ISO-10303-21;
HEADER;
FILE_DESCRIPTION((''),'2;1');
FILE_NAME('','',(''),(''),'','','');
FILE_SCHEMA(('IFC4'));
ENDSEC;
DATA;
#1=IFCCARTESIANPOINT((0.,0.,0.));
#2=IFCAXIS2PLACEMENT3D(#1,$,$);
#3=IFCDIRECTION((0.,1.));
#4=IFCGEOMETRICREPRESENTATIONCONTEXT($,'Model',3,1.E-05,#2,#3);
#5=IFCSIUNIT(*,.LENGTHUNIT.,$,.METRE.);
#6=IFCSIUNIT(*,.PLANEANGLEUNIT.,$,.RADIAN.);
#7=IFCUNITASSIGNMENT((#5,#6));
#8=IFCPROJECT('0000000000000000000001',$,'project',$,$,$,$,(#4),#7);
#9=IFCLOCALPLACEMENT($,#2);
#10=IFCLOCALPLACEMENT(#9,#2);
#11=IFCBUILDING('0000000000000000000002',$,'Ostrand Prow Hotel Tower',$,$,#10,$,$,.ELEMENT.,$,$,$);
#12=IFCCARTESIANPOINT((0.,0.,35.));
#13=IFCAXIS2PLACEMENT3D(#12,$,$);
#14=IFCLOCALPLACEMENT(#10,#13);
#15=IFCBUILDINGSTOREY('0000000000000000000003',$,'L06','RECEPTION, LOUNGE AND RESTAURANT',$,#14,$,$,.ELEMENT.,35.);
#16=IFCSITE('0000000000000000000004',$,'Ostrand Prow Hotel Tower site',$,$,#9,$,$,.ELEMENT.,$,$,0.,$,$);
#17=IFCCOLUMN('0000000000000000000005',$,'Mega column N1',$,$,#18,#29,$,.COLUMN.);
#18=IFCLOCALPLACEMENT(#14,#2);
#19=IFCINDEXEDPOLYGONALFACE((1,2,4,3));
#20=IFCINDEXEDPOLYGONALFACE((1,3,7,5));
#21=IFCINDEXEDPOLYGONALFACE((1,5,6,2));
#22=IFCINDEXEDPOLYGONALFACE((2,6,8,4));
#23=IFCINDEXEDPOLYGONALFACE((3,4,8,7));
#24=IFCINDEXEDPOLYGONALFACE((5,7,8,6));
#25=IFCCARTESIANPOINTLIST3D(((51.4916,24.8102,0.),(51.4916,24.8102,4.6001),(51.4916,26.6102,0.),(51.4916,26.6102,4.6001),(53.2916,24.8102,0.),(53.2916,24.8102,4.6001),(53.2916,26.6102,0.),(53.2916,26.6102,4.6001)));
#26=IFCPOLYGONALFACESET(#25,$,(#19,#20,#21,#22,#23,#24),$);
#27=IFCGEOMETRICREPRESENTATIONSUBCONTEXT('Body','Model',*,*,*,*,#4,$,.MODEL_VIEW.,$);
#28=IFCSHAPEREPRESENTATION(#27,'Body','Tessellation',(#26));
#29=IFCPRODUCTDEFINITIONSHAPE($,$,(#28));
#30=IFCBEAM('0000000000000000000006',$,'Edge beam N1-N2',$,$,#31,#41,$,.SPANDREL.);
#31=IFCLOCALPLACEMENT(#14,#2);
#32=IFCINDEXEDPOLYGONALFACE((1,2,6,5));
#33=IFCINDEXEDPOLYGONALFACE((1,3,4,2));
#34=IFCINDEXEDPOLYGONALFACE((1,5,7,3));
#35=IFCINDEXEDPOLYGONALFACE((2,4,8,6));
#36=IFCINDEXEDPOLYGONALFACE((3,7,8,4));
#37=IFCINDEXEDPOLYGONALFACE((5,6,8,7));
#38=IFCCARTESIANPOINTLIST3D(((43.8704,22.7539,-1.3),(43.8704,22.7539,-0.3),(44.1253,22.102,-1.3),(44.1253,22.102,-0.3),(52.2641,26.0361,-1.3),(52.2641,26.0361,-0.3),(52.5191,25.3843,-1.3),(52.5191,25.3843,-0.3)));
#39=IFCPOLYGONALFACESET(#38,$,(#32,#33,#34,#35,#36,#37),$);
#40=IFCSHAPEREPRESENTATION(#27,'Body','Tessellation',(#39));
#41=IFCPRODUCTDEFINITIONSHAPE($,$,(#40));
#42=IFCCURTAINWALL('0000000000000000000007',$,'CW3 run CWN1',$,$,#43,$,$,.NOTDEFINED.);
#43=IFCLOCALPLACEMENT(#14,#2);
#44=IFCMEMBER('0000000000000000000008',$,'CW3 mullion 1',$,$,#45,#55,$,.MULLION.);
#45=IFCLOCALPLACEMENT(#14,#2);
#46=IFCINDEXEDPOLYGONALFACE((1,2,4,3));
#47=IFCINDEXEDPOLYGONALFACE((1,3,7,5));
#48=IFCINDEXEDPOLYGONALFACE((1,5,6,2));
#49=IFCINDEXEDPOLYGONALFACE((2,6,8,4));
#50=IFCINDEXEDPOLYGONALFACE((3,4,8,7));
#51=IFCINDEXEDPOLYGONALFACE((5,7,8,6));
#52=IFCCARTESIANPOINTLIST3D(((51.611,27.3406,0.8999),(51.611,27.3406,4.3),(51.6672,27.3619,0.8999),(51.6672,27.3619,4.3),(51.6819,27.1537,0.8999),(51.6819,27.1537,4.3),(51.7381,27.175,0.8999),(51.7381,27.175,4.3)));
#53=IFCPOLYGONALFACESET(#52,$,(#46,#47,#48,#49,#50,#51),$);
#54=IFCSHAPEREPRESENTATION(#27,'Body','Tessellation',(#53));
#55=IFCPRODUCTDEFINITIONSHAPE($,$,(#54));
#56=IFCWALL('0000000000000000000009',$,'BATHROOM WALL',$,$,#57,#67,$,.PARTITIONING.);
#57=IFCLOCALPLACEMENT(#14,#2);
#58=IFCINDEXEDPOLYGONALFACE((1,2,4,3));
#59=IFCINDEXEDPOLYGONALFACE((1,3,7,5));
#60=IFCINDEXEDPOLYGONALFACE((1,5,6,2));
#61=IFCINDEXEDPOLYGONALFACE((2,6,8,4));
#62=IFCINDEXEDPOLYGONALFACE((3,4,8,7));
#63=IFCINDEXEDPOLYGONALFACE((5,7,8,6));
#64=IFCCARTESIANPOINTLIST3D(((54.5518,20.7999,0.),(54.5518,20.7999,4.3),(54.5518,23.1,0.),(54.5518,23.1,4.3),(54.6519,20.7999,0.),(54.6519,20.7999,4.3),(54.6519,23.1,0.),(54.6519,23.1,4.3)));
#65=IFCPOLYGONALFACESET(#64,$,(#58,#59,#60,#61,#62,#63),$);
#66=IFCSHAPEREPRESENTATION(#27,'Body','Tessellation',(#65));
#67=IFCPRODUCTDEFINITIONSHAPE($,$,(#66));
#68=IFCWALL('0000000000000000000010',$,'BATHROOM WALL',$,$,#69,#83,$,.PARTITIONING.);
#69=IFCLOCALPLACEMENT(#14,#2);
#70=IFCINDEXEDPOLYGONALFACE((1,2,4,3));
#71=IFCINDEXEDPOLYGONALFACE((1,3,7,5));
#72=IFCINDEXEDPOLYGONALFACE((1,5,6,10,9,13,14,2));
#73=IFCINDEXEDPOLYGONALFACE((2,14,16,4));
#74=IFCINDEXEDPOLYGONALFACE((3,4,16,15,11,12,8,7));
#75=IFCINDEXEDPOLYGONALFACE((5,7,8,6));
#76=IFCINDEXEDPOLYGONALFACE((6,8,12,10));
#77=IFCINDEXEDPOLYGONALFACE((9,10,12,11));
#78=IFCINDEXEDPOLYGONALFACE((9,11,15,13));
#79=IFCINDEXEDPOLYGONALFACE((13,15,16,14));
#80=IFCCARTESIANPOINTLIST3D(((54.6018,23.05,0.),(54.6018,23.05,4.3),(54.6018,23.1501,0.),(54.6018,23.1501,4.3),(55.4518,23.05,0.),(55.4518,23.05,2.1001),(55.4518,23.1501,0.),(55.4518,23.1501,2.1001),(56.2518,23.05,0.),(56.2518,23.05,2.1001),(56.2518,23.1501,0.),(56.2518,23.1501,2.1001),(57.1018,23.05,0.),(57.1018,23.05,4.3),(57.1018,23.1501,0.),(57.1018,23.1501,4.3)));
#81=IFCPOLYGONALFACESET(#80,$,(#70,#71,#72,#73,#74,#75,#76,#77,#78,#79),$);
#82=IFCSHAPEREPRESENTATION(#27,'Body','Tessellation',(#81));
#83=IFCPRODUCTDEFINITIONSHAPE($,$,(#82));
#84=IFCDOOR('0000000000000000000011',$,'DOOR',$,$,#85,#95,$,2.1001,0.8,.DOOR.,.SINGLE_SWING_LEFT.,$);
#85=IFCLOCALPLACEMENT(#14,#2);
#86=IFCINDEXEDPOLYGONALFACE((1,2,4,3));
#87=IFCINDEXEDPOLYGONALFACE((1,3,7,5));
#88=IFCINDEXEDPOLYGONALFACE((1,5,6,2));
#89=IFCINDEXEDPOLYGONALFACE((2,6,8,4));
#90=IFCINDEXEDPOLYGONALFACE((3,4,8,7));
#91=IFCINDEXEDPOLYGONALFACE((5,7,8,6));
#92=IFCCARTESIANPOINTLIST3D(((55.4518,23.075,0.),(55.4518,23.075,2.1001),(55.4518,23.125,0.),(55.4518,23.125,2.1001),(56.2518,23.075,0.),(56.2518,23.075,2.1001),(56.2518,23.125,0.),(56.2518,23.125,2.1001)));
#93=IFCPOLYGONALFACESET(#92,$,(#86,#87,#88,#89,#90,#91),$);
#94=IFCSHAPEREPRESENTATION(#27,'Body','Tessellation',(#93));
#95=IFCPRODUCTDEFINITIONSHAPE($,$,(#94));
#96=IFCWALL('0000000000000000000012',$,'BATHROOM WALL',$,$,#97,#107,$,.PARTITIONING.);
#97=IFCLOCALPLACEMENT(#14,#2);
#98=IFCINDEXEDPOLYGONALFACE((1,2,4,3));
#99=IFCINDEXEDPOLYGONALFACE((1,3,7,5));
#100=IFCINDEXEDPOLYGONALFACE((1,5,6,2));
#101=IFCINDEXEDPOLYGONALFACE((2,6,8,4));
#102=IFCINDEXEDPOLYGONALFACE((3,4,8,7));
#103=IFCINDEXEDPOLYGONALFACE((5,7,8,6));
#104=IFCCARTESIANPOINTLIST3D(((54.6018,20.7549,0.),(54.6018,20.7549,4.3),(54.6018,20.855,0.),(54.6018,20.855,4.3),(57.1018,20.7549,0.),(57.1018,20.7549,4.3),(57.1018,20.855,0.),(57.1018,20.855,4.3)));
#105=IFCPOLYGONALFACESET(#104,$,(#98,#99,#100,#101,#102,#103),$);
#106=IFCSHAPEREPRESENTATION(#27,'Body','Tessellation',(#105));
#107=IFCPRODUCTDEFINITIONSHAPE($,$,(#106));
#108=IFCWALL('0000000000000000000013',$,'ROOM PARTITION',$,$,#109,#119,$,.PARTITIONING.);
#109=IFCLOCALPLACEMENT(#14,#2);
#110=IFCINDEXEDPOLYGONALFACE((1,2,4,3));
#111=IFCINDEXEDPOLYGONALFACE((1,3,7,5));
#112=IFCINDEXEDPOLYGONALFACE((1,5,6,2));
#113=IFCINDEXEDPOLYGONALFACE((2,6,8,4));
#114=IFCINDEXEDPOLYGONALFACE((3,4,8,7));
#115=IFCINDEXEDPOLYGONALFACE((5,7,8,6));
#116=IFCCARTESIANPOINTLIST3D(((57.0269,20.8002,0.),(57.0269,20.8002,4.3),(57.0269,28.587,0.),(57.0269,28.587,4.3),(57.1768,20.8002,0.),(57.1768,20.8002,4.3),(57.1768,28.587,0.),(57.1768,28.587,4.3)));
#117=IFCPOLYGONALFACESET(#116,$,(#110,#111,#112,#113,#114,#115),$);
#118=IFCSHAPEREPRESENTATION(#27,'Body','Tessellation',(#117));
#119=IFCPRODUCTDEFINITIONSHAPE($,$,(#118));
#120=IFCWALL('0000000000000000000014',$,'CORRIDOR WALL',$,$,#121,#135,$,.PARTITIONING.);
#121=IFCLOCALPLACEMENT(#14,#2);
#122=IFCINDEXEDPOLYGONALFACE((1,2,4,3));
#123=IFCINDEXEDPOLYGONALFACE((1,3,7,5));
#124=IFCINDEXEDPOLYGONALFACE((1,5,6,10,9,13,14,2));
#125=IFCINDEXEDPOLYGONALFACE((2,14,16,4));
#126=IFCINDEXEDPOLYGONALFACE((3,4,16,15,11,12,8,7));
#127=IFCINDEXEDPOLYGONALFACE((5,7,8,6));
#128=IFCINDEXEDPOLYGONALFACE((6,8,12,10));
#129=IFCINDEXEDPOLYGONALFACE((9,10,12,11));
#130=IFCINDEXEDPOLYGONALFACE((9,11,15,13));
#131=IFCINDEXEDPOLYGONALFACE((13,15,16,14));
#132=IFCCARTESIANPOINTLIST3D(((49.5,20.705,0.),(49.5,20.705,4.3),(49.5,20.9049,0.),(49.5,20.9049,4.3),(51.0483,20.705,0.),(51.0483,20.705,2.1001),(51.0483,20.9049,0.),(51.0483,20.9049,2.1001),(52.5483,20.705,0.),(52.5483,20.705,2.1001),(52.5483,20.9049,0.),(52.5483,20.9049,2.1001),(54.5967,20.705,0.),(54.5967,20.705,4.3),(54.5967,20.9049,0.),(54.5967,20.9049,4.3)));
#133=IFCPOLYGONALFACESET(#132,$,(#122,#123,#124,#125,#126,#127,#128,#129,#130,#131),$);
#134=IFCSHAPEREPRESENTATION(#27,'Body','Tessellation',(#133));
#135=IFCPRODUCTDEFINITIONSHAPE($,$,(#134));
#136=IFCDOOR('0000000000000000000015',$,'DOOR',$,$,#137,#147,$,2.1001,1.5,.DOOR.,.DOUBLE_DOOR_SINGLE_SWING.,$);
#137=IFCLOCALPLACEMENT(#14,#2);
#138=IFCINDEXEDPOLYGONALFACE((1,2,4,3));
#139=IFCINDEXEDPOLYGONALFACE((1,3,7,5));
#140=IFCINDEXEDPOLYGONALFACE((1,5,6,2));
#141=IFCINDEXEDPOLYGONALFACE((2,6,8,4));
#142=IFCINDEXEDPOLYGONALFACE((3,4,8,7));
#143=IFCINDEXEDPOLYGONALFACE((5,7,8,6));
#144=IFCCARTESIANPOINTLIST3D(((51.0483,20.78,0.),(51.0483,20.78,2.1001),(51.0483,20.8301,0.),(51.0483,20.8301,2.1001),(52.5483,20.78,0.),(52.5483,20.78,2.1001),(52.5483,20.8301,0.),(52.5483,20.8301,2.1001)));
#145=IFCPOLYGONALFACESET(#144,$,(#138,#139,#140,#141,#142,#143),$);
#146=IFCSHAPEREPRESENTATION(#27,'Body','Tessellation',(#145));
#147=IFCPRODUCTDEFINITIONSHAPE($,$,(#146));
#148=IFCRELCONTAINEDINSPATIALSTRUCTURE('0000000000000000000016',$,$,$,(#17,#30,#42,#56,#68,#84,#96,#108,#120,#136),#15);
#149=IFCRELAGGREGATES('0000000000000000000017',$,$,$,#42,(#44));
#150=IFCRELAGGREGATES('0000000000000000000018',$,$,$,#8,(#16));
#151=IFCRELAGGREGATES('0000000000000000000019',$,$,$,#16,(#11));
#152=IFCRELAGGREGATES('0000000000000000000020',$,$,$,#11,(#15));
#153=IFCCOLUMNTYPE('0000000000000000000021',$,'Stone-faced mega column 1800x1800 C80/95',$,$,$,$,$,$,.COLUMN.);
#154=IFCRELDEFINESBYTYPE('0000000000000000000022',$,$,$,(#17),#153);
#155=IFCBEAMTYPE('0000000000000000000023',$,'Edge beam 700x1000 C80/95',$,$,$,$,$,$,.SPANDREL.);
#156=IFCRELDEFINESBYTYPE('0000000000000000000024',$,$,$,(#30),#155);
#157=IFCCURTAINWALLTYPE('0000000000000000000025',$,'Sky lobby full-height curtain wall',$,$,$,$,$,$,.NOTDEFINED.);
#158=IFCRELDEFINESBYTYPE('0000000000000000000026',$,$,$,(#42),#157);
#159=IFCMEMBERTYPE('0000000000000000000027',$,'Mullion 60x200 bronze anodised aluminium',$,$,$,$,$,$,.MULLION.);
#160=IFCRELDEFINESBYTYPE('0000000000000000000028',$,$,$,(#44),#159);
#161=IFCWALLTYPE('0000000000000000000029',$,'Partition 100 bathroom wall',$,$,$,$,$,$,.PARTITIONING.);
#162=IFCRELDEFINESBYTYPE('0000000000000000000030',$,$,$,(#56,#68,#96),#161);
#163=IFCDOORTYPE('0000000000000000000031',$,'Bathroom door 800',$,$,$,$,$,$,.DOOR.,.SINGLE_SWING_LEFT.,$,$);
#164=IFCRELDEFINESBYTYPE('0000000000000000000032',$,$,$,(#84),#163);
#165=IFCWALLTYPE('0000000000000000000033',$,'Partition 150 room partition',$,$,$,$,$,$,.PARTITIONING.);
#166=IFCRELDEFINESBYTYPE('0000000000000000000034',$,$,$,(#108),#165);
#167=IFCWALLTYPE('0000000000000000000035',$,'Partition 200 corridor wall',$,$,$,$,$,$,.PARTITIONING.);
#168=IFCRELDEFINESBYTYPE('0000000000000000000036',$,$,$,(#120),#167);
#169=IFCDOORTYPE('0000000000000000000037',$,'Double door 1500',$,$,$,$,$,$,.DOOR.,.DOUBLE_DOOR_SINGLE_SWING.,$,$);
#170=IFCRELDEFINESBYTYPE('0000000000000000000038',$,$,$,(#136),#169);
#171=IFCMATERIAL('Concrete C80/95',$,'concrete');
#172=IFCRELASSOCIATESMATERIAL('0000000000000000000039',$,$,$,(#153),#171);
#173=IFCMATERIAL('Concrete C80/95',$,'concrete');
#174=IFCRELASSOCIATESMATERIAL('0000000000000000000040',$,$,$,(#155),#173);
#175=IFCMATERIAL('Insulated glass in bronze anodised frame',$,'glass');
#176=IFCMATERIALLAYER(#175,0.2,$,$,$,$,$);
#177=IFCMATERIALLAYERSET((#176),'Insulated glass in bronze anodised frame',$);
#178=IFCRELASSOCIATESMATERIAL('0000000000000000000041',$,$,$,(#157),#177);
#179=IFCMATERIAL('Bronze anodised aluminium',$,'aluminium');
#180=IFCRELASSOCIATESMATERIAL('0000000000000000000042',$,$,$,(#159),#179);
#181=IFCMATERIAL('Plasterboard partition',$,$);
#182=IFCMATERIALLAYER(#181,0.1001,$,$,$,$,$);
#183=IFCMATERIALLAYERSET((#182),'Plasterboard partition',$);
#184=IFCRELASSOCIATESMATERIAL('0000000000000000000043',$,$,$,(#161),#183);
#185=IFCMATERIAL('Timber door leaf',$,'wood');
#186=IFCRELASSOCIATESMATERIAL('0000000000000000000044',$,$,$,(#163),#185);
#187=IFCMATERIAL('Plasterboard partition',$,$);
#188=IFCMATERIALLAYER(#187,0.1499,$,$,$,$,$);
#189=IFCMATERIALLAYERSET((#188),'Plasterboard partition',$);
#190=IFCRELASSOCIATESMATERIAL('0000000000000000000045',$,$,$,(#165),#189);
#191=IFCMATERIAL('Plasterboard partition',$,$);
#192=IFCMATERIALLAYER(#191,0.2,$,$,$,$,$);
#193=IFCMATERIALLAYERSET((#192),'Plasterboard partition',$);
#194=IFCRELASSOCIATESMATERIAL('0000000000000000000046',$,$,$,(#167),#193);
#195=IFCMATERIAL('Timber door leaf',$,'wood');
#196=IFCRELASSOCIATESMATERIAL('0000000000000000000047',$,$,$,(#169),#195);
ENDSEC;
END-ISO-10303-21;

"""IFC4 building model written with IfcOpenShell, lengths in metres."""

from ifc_helpers import new_model, si_unit, direction, frame, frame_2d, origin, origin_2d, place, context, subcontext, project, spatial, rectangle, extrude, material, layer, layer_set, material_profile, profile_set, type_object, element, fill, aggregate, save


model = new_model("IFC4")

# Units and contexts
model_context = context("Model", 3, precision=1e-05, world=origin(), true_north=direction((0.0, 1.0)))
body_context = subcontext(model_context, "Body", "Model", "MODEL_VIEW")
ifc_project = project(units=[si_unit("LENGTHUNIT", "METRE"), si_unit("PLANEANGLEUNIT", "RADIAN")], contexts=[model_context])

# Site, building, storey
site_placement = place(None, origin())
site = spatial("IfcSite", under=ifc_project, at=site_placement, Name="Ostrand Prow Hotel Tower site", CompositionType="ELEMENT", RefElevation=0.0)
building_placement = place(site_placement, origin())
building = spatial("IfcBuilding", under=site, at=building_placement, Name="Ostrand Prow Hotel Tower", CompositionType="ELEMENT")
storey_placement = place(building_placement, frame((0.0, 0.0, 35.0)))
storey = spatial("IfcBuildingStorey", under=building, at=storey_placement, Name="L06", Description="RECEPTION, LOUNGE AND RESTAURANT", CompositionType="ELEMENT", Elevation=35.0)

# Column
ifc_material_1 = material(Name="Concrete C80/95", Category="concrete")
ifc_material_profile_1 = material_profile(ifc_material_1, rectangle(XDim=1.8, YDim=1.8, at=origin_2d()), Name="RC 1800x1800")
ifc_profile_set_1 = profile_set([ifc_material_profile_1], Name="Concrete C80/95")
column_type = type_object("IfcColumnType", Name="Stone-faced mega column 1800x1800 C80/95", PredefinedType="COLUMN", material=ifc_profile_set_1)
column_placement = place(storey_placement, frame((52.3916, 25.7102, 0.0), z_axis=(0.0, 0.0, 1.0), x_axis=(1.0, 0.0, 0.0)))
element("IfcColumn", 1, at=column_placement, inside=storey, type_object=column_type, Name="Mega column N1", PredefinedType="COLUMN", context=body_context, shape_type="SweptSolid", body=[
    extrude(rectangle(XDim=1.8, YDim=1.8, at=origin_2d()), origin(), (0.0, 0.0, 1.0), 4.6001),
])

# Beam
ifc_material_2 = material(Name="Concrete C80/95", Category="concrete")
ifc_material_profile_2 = material_profile(ifc_material_2, rectangle(XDim=0.7, YDim=1.0, at=origin_2d()), Name="RC 700x1000")
ifc_profile_set_2 = profile_set([ifc_material_profile_2], Name="Concrete C80/95")
beam_type = type_object("IfcBeamType", Name="Edge beam 700x1000 C80/95", PredefinedType="SPANDREL", material=ifc_profile_set_2)
beam_placement = place(storey_placement, frame((52.3916, 25.7102, -0.8), z_axis=(-0.931329, -0.364178, 0.0), x_axis=(0.364178, -0.931329, 0.0)))
element("IfcBeam", 2, at=beam_placement, inside=storey, type_object=beam_type, Name="Edge beam N1-N2", PredefinedType="SPANDREL", context=body_context, shape_type="SweptSolid", body=[
    extrude(rectangle(XDim=0.7, YDim=1.0, at=origin_2d()), origin(), (0.0, 0.0, 1.0), 9.0127),
])

# Curtain wall, member
ifc_material_3 = material(Name="Insulated glass in bronze anodised frame", Category="glass")
ifc_layer_1 = layer(ifc_material_3, 0.2)
ifc_layer_set_1 = layer_set([ifc_layer_1], Name="Insulated glass in bronze anodised frame")
curtain_wall_type = type_object("IfcCurtainWallType", Name="Sky lobby full-height curtain wall", PredefinedType="NOTDEFINED", material=ifc_layer_set_1)
curtain_wall_placement = place(storey_placement, origin())
curtain_wall = element("IfcCurtainWall", 3, at=curtain_wall_placement, inside=storey, type_object=curtain_wall_type, Name="CW3 run CWN1", PredefinedType="NOTDEFINED")
ifc_material_4 = material(Name="Bronze anodised aluminium", Category="aluminium")
ifc_material_profile_3 = material_profile(ifc_material_4, rectangle(XDim=0.2, YDim=0.0601, at=origin_2d()), Name="Mullion 60x200 bronze anodised aluminium")
ifc_profile_set_3 = profile_set([ifc_material_profile_3], Name="Bronze anodised aluminium")
member_type = type_object("IfcMemberType", Name="Mullion 60x200 bronze anodised aluminium", PredefinedType="MULLION", material=ifc_profile_set_3)
member_placement = place(storey_placement, frame((51.6746, 27.2578, 0.8999), z_axis=(0.0, 0.0, 1.0), x_axis=(0.354728, -0.934969, 0.0)))
member = element("IfcMember", 4, at=member_placement, type_object=member_type, Name="CW3 mullion 1", PredefinedType="MULLION", context=body_context, shape_type="SweptSolid", body=[
    extrude(rectangle(XDim=0.2, YDim=0.0601, at=origin_2d()), origin(), (0.0, 0.0, 1.0), 3.4001),
])
aggregate(curtain_wall, [member])

# Wall
ifc_material_5 = material(Name="Plasterboard partition")
ifc_layer_2 = layer(ifc_material_5, 0.1001)
ifc_layer_set_2 = layer_set([ifc_layer_2], Name="Plasterboard partition")
wall_type_1 = type_object("IfcWallType", Name="Partition 100 bathroom wall", PredefinedType="PARTITIONING", material=ifc_layer_set_2)
wall_1_placement = place(storey_placement, frame((54.6018, 20.8, 0.0), z_axis=(0.0, 0.0, 1.0), x_axis=(0.0, 1.0, 0.0)))
element("IfcWall", 5, at=wall_1_placement, inside=storey, type_object=wall_type_1, Name="BATHROOM WALL", PredefinedType="PARTITIONING", context=body_context, shape_type="SweptSolid", body=[
    extrude(rectangle(XDim=2.3, YDim=0.1001, at=frame_2d((1.1499, 0.0))), origin(), (0.0, 0.0, 1.0), 4.3),
])

# Wall, opening, door
wall_2_placement = place(storey_placement, frame((54.6018, 23.1001, 0.0), z_axis=(0.0, 0.0, 1.0), x_axis=(1.0, 0.0, 0.0)))
wall_2 = element("IfcWall", 6, at=wall_2_placement, inside=storey, type_object=wall_type_1, Name="BATHROOM WALL", PredefinedType="PARTITIONING", context=body_context, shape_type="SweptSolid", body=[
    extrude(rectangle(XDim=2.5, YDim=0.1001, at=frame_2d((1.25, 0.0))), origin(), (0.0, 0.0, 1.0), 4.3),
])
opening_1_placement = place(wall_2_placement, frame((0.8501, 0.0, 0.0)))
opening_1 = element("IfcOpeningElement", 7, at=opening_1_placement, cuts=wall_2, PredefinedType="OPENING", context=body_context, shape_type="SweptSolid", body=[
    extrude(rectangle(XDim=0.8, YDim=2.1001, at=frame_2d((0.3999, 1.05))), frame((0.0, 0.0601, 0.0), z_axis=(0.0, -1.0, 0.0), x_axis=(1.0, 0.0, 0.0)), (0.0, 0.0, 1.0), 0.1201),
])
ifc_material_6 = material(Name="Timber door leaf", Category="wood")
door_type_1 = type_object("IfcDoorType", Name="Bathroom door 800", OperationType="SINGLE_SWING_LEFT", PredefinedType="DOOR", material=ifc_material_6)
door_1_placement = place(opening_1_placement, origin())
door_1 = element("IfcDoor", 8, at=door_1_placement, inside=storey, type_object=door_type_1, Name="DOOR", OperationType="SINGLE_SWING_LEFT", OverallHeight=2.1001, OverallWidth=0.8, PredefinedType="DOOR", context=body_context, shape_type="SweptSolid", body=[
    extrude(rectangle(XDim=0.8, YDim=2.1001, at=frame_2d((0.3999, 1.05))), frame((0.0, 0.0249, 0.0), z_axis=(0.0, -1.0, 0.0), x_axis=(1.0, 0.0, 0.0)), (0.0, 0.0, 1.0), 0.05),
])
fill(opening_1, door_1)

# Walls
wall_3_placement = place(storey_placement, frame((57.1018, 20.8049, 0.0), z_axis=(0.0, 0.0, 1.0), x_axis=(-1.0, 0.0, 0.0)))
element("IfcWall", 9, at=wall_3_placement, inside=storey, type_object=wall_type_1, Name="BATHROOM WALL", PredefinedType="PARTITIONING", context=body_context, shape_type="SweptSolid", body=[
    extrude(rectangle(XDim=2.5, YDim=0.1001, at=frame_2d((1.25, 0.0))), origin(), (0.0, 0.0, 1.0), 4.3),
])
ifc_material_7 = material(Name="Plasterboard partition")
ifc_layer_3 = layer(ifc_material_7, 0.1499)
ifc_layer_set_3 = layer_set([ifc_layer_3], Name="Plasterboard partition")
wall_type_2 = type_object("IfcWallType", Name="Partition 150 room partition", PredefinedType="PARTITIONING", material=ifc_layer_set_3)
wall_4_placement = place(storey_placement, frame((57.1018, 20.8, 0.0), z_axis=(0.0, 0.0, 1.0), x_axis=(0.0, 1.0, 0.0)))
element("IfcWall", 10, at=wall_4_placement, inside=storey, type_object=wall_type_2, Name="ROOM PARTITION", PredefinedType="PARTITIONING", context=body_context, shape_type="SweptSolid", body=[
    extrude(rectangle(XDim=7.7869, YDim=0.1499, at=frame_2d((3.8936, 0.0))), origin(), (0.0, 0.0, 1.0), 4.3),
])

# Wall, opening, door
ifc_material_8 = material(Name="Plasterboard partition")
ifc_layer_4 = layer(ifc_material_8, 0.2)
ifc_layer_set_4 = layer_set([ifc_layer_4], Name="Plasterboard partition")
wall_type_3 = type_object("IfcWallType", Name="Partition 200 corridor wall", PredefinedType="PARTITIONING", material=ifc_layer_set_4)
wall_5_placement = place(storey_placement, frame((54.5967, 20.8049, 0.0), z_axis=(0.0, 0.0, 1.0), x_axis=(-1.0, 0.0, 0.0)))
wall_5 = element("IfcWall", 11, at=wall_5_placement, inside=storey, type_object=wall_type_3, Name="CORRIDOR WALL", PredefinedType="PARTITIONING", context=body_context, shape_type="SweptSolid", body=[
    extrude(rectangle(XDim=5.0967, YDim=0.2, at=frame_2d((2.5483, 0.0))), origin(), (0.0, 0.0, 1.0), 4.3),
])
opening_2_placement = place(wall_5_placement, frame((2.0483, 0.0, 0.0)))
opening_2 = element("IfcOpeningElement", 12, at=opening_2_placement, cuts=wall_5, PredefinedType="OPENING", context=body_context, shape_type="SweptSolid", body=[
    extrude(rectangle(XDim=1.5, YDim=2.1001, at=frame_2d((0.75, 1.05))), frame((0.0, 0.1099, 0.0), z_axis=(0.0, -1.0, 0.0), x_axis=(1.0, 0.0, 0.0)), (0.0, 0.0, 1.0), 0.22),
])
ifc_material_9 = material(Name="Timber door leaf", Category="wood")
door_type_2 = type_object("IfcDoorType", Name="Double door 1500", OperationType="DOUBLE_DOOR_SINGLE_SWING", PredefinedType="DOOR", material=ifc_material_9)
door_2_placement = place(opening_2_placement, origin())
door_2 = element("IfcDoor", 13, at=door_2_placement, inside=storey, type_object=door_type_2, Name="DOOR", OperationType="DOUBLE_DOOR_SINGLE_SWING", OverallHeight=2.1001, OverallWidth=1.5, PredefinedType="DOOR", context=body_context, shape_type="SweptSolid", body=[
    extrude(rectangle(XDim=1.5, YDim=2.1001, at=frame_2d((0.75, 1.05))), frame((0.0, 0.0249, 0.0), z_axis=(0.0, -1.0, 0.0), x_axis=(1.0, 0.0, 0.0)), (0.0, 0.0, 1.0), 0.05),
])
fill(opening_2, door_2)

save(model, "model.ifc")
